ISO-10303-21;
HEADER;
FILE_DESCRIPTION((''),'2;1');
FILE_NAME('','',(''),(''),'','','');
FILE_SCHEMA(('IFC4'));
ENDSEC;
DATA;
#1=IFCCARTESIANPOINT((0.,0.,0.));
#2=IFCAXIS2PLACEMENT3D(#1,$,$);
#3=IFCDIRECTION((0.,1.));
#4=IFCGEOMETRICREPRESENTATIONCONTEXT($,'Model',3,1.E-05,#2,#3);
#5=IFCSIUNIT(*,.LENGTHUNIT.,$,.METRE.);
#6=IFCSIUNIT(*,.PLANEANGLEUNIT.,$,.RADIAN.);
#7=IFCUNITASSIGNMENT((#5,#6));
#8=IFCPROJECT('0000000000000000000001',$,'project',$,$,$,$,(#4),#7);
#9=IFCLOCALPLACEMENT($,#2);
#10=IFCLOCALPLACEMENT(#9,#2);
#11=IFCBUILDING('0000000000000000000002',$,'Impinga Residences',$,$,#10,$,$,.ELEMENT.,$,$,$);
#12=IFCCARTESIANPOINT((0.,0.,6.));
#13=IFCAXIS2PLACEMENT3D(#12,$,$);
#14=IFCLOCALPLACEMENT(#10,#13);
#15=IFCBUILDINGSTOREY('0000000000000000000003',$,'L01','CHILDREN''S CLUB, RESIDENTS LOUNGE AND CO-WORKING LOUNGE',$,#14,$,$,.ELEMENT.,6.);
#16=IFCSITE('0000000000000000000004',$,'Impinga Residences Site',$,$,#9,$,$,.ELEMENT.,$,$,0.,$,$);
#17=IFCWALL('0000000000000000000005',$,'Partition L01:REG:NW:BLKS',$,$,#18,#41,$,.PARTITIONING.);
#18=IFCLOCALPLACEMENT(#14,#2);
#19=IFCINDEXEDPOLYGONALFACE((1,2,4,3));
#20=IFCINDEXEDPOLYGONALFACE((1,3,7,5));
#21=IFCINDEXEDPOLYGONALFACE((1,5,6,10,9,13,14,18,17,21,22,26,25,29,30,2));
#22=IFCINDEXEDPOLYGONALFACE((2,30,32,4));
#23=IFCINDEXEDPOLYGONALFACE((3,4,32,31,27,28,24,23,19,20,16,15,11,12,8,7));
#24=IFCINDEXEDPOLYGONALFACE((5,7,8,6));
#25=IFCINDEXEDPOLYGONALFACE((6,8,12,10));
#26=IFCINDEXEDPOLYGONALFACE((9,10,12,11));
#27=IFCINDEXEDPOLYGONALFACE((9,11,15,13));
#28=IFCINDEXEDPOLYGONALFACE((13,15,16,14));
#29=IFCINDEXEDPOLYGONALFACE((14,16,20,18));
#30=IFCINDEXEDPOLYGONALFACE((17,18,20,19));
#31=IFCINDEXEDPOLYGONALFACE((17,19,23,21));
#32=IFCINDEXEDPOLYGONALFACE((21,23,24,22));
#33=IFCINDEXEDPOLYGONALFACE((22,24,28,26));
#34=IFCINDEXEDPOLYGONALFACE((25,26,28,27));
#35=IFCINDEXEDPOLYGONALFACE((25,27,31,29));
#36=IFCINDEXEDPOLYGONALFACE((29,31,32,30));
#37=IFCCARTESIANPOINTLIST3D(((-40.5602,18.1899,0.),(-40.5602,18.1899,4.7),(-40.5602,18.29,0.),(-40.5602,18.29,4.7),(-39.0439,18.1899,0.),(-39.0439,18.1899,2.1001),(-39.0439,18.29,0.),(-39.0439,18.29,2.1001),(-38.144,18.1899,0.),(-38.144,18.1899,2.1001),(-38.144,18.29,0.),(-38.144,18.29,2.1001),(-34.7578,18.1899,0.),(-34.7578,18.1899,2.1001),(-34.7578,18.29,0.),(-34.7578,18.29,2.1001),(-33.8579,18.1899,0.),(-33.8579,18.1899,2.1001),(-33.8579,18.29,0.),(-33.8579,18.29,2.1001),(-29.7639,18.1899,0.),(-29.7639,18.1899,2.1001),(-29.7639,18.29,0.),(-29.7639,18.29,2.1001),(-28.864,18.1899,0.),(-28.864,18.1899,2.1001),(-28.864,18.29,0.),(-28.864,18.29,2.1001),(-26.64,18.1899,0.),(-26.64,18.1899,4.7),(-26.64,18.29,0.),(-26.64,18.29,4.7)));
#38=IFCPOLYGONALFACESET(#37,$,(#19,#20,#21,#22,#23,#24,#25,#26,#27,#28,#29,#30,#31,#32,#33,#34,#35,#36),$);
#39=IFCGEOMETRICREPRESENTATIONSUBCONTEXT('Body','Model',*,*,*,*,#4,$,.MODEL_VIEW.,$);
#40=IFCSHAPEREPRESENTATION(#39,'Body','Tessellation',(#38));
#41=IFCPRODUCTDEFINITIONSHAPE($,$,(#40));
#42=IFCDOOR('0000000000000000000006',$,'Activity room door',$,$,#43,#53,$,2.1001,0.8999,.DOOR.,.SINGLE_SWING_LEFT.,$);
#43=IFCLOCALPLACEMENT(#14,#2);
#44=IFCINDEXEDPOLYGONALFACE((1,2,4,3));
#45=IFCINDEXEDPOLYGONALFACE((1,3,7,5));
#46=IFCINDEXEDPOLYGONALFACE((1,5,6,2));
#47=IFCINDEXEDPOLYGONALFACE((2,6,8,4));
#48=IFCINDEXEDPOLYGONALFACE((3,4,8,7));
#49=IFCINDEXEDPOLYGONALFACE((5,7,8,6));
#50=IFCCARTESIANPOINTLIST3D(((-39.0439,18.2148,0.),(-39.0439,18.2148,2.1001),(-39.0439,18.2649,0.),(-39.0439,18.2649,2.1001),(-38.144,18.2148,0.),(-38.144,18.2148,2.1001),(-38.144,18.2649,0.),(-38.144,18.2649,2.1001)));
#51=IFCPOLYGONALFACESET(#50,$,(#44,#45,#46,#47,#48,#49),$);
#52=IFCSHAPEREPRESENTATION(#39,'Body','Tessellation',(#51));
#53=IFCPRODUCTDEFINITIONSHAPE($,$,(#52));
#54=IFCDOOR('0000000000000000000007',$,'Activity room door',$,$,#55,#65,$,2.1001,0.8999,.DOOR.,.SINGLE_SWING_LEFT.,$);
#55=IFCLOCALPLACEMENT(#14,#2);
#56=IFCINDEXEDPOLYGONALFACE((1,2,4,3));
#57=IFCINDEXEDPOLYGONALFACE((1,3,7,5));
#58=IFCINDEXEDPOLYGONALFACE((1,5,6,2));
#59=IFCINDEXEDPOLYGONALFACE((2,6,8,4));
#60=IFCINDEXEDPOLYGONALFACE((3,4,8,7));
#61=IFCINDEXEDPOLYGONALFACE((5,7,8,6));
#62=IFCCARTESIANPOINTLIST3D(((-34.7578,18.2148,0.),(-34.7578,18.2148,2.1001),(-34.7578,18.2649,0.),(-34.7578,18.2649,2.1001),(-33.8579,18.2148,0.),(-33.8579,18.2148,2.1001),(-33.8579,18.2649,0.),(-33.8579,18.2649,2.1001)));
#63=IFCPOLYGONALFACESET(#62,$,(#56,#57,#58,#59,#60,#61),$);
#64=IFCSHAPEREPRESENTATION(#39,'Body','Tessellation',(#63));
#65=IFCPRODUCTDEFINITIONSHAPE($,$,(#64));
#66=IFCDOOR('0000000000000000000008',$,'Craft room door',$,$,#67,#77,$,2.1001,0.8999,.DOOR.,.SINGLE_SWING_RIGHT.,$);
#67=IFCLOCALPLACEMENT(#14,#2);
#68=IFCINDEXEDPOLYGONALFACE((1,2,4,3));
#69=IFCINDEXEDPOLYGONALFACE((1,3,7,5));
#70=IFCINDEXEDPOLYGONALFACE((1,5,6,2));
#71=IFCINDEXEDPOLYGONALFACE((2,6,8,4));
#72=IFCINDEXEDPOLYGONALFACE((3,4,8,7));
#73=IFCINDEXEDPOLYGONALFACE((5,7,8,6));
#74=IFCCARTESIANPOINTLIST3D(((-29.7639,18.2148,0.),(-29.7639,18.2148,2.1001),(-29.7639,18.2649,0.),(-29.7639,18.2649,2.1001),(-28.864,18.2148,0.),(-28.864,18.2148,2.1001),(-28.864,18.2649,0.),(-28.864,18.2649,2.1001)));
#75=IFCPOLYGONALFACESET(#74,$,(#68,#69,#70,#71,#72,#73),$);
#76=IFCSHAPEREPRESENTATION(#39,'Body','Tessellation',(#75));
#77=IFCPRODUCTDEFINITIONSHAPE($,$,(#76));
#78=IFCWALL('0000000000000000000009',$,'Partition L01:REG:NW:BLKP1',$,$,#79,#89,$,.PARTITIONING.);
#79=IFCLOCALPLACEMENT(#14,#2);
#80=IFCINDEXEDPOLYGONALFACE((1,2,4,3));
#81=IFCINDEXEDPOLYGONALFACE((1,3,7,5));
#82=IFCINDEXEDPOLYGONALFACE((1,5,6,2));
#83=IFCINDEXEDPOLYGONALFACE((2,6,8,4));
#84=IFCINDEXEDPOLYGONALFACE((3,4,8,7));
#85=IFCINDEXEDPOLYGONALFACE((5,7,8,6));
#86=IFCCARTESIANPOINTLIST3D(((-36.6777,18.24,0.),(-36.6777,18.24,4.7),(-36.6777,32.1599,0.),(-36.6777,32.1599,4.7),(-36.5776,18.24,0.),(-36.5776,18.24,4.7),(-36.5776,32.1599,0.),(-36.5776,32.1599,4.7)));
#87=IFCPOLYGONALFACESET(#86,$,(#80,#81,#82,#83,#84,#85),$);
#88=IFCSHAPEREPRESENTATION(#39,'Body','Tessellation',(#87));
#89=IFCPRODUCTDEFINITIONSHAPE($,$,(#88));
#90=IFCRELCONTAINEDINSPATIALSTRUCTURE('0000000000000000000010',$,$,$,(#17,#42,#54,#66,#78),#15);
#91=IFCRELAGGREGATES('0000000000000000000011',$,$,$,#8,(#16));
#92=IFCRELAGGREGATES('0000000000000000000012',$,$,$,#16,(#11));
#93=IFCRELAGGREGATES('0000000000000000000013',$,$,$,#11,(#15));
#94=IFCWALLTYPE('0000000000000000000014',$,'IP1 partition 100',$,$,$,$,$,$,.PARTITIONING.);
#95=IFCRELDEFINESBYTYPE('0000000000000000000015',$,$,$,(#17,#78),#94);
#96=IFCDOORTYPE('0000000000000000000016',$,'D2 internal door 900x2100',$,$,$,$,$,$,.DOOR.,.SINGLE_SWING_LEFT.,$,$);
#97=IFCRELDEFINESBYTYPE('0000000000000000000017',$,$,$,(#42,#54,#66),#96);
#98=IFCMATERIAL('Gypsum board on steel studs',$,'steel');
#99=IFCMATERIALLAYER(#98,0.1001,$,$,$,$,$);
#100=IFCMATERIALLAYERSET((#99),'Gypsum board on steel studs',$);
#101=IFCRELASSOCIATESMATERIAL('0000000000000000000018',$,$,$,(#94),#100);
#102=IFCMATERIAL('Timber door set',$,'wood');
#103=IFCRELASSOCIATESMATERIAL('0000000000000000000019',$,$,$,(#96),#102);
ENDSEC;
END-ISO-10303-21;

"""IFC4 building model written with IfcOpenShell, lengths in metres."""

from ifc_helpers import new_model, si_unit, direction, frame, frame_2d, origin, place, context, subcontext, project, spatial, rectangle, extrude, material, layer, layer_set, type_object, element, fill, save


model = new_model("IFC4")

# Units and contexts
model_context = context("Model", 3, precision=1e-05, world=origin(), true_north=direction((0.0, 1.0)))
body_context = subcontext(model_context, "Body", "Model", "MODEL_VIEW")
ifc_project = project(units=[si_unit("LENGTHUNIT", "METRE"), si_unit("PLANEANGLEUNIT", "RADIAN")], contexts=[model_context])

# Site, building, storey
site_placement = place(None, origin())
site = spatial("IfcSite", under=ifc_project, at=site_placement, Name="Impinga Residences Site", CompositionType="ELEMENT", RefElevation=0.0)
building_placement = place(site_placement, origin())
building = spatial("IfcBuilding", under=site, at=building_placement, Name="Impinga Residences", CompositionType="ELEMENT")
storey_placement = place(building_placement, frame((0.0, 0.0, 6.0)))
storey = spatial("IfcBuildingStorey", under=building, at=storey_placement, Name="L01", Description="CHILDREN'S CLUB, RESIDENTS LOUNGE AND CO-WORKING LOUNGE", CompositionType="ELEMENT", Elevation=6.0)

# Wall, openings, doors
ifc_material_1 = material(Name="Gypsum board on steel studs", Category="steel")
ifc_layer_1 = layer(ifc_material_1, 0.1001)
ifc_layer_set_1 = layer_set([ifc_layer_1], Name="Gypsum board on steel studs")
wall_type = type_object("IfcWallType", Name="IP1 partition 100", PredefinedType="PARTITIONING", material=ifc_layer_set_1)
wall_1_placement = place(storey_placement, frame((-40.5601, 18.24, 0.0), z_axis=(0.0, 0.0, 1.0), x_axis=(1.0, 0.0, 0.0)))
wall_1 = element("IfcWall", 1, at=wall_1_placement, inside=storey, type_object=wall_type, Name="Partition L01:REG:NW:BLKS", PredefinedType="PARTITIONING", context=body_context, shape_type="SweptSolid", body=[
    extrude(rectangle(XDim=13.9202, YDim=0.1001, at=frame_2d((6.96, 0.0))), origin(), (0.0, 0.0, 1.0), 4.7),
])
opening_1_placement = place(wall_1_placement, frame((1.5161, 0.0, 0.0)))
opening_1 = element("IfcOpeningElement", 2, at=opening_1_placement, cuts=wall_1, PredefinedType="OPENING", context=body_context, shape_type="SweptSolid", body=[
    extrude(rectangle(XDim=0.8999, YDim=2.1001, at=frame_2d((0.45, 1.05))), frame((0.0, 0.0601, 0.0), z_axis=(0.0, -1.0, 0.0), x_axis=(1.0, 0.0, 0.0)), (0.0, 0.0, 1.0), 0.1201),
])
opening_2_placement = place(wall_1_placement, frame((5.8022, 0.0, 0.0)))
opening_2 = element("IfcOpeningElement", 3, at=opening_2_placement, cuts=wall_1, PredefinedType="OPENING", context=body_context, shape_type="SweptSolid", body=[
    extrude(rectangle(XDim=0.8999, YDim=2.1001, at=frame_2d((0.45, 1.05))), frame((0.0, 0.0601, 0.0), z_axis=(0.0, -1.0, 0.0), x_axis=(1.0, 0.0, 0.0)), (0.0, 0.0, 1.0), 0.1201),
])
opening_3_placement = place(wall_1_placement, frame((10.7961, 0.0, 0.0)))
opening_3 = element("IfcOpeningElement", 4, at=opening_3_placement, cuts=wall_1, PredefinedType="OPENING", context=body_context, shape_type="SweptSolid", body=[
    extrude(rectangle(XDim=0.8999, YDim=2.1001, at=frame_2d((0.45, 1.05))), frame((0.0, 0.0601, 0.0), z_axis=(0.0, -1.0, 0.0), x_axis=(1.0, 0.0, 0.0)), (0.0, 0.0, 1.0), 0.1201),
])
ifc_material_2 = material(Name="Timber door set", Category="wood")
door_type = type_object("IfcDoorType", Name="D2 internal door 900x2100", OperationType="SINGLE_SWING_LEFT", PredefinedType="DOOR", material=ifc_material_2)
door_1_placement = place(opening_1_placement, origin())
door_1 = element("IfcDoor", 5, at=door_1_placement, inside=storey, type_object=door_type, Name="Activity room door", OperationType="SINGLE_SWING_LEFT", OverallHeight=2.1001, OverallWidth=0.8999, PredefinedType="DOOR", context=body_context, shape_type="SweptSolid", body=[
    extrude(rectangle(XDim=0.8999, YDim=2.1001, at=frame_2d((0.45, 1.05))), frame((0.0, 0.0249, 0.0), z_axis=(0.0, -1.0, 0.0), x_axis=(1.0, 0.0, 0.0)), (0.0, 0.0, 1.0), 0.05),
])
fill(opening_1, door_1)
door_2_placement = place(opening_2_placement, origin())
door_2 = element("IfcDoor", 6, at=door_2_placement, inside=storey, type_object=door_type, Name="Activity room door", OperationType="SINGLE_SWING_LEFT", OverallHeight=2.1001, OverallWidth=0.8999, PredefinedType="DOOR", context=body_context, shape_type="SweptSolid", body=[
    extrude(rectangle(XDim=0.8999, YDim=2.1001, at=frame_2d((0.45, 1.05))), frame((0.0, 0.0249, 0.0), z_axis=(0.0, -1.0, 0.0), x_axis=(1.0, 0.0, 0.0)), (0.0, 0.0, 1.0), 0.05),
])
fill(opening_2, door_2)
door_3_placement = place(opening_3_placement, origin())
door_3 = element("IfcDoor", 7, at=door_3_placement, inside=storey, type_object=door_type, Name="Craft room door", OperationType="SINGLE_SWING_RIGHT", OverallHeight=2.1001, OverallWidth=0.8999, PredefinedType="DOOR", context=body_context, shape_type="SweptSolid", body=[
    extrude(rectangle(XDim=0.8999, YDim=2.1001, at=frame_2d((0.45, 1.05))), frame((0.0, 0.0249, 0.0), z_axis=(0.0, -1.0, 0.0), x_axis=(1.0, 0.0, 0.0)), (0.0, 0.0, 1.0), 0.05),
])
fill(opening_3, door_3)

# Wall
wall_2_placement = place(storey_placement, frame((-36.6277, 18.24, 0.0), z_axis=(0.0, 0.0, 1.0), x_axis=(0.0, 1.0, 0.0)))
element("IfcWall", 8, at=wall_2_placement, inside=storey, type_object=wall_type, Name="Partition L01:REG:NW:BLKP1", PredefinedType="PARTITIONING", context=body_context, shape_type="SweptSolid", body=[
    extrude(rectangle(XDim=13.9199, YDim=0.1001, at=frame_2d((6.96, 0.0))), origin(), (0.0, 0.0, 1.0), 4.7),
])

save(model, "model.ifc")
